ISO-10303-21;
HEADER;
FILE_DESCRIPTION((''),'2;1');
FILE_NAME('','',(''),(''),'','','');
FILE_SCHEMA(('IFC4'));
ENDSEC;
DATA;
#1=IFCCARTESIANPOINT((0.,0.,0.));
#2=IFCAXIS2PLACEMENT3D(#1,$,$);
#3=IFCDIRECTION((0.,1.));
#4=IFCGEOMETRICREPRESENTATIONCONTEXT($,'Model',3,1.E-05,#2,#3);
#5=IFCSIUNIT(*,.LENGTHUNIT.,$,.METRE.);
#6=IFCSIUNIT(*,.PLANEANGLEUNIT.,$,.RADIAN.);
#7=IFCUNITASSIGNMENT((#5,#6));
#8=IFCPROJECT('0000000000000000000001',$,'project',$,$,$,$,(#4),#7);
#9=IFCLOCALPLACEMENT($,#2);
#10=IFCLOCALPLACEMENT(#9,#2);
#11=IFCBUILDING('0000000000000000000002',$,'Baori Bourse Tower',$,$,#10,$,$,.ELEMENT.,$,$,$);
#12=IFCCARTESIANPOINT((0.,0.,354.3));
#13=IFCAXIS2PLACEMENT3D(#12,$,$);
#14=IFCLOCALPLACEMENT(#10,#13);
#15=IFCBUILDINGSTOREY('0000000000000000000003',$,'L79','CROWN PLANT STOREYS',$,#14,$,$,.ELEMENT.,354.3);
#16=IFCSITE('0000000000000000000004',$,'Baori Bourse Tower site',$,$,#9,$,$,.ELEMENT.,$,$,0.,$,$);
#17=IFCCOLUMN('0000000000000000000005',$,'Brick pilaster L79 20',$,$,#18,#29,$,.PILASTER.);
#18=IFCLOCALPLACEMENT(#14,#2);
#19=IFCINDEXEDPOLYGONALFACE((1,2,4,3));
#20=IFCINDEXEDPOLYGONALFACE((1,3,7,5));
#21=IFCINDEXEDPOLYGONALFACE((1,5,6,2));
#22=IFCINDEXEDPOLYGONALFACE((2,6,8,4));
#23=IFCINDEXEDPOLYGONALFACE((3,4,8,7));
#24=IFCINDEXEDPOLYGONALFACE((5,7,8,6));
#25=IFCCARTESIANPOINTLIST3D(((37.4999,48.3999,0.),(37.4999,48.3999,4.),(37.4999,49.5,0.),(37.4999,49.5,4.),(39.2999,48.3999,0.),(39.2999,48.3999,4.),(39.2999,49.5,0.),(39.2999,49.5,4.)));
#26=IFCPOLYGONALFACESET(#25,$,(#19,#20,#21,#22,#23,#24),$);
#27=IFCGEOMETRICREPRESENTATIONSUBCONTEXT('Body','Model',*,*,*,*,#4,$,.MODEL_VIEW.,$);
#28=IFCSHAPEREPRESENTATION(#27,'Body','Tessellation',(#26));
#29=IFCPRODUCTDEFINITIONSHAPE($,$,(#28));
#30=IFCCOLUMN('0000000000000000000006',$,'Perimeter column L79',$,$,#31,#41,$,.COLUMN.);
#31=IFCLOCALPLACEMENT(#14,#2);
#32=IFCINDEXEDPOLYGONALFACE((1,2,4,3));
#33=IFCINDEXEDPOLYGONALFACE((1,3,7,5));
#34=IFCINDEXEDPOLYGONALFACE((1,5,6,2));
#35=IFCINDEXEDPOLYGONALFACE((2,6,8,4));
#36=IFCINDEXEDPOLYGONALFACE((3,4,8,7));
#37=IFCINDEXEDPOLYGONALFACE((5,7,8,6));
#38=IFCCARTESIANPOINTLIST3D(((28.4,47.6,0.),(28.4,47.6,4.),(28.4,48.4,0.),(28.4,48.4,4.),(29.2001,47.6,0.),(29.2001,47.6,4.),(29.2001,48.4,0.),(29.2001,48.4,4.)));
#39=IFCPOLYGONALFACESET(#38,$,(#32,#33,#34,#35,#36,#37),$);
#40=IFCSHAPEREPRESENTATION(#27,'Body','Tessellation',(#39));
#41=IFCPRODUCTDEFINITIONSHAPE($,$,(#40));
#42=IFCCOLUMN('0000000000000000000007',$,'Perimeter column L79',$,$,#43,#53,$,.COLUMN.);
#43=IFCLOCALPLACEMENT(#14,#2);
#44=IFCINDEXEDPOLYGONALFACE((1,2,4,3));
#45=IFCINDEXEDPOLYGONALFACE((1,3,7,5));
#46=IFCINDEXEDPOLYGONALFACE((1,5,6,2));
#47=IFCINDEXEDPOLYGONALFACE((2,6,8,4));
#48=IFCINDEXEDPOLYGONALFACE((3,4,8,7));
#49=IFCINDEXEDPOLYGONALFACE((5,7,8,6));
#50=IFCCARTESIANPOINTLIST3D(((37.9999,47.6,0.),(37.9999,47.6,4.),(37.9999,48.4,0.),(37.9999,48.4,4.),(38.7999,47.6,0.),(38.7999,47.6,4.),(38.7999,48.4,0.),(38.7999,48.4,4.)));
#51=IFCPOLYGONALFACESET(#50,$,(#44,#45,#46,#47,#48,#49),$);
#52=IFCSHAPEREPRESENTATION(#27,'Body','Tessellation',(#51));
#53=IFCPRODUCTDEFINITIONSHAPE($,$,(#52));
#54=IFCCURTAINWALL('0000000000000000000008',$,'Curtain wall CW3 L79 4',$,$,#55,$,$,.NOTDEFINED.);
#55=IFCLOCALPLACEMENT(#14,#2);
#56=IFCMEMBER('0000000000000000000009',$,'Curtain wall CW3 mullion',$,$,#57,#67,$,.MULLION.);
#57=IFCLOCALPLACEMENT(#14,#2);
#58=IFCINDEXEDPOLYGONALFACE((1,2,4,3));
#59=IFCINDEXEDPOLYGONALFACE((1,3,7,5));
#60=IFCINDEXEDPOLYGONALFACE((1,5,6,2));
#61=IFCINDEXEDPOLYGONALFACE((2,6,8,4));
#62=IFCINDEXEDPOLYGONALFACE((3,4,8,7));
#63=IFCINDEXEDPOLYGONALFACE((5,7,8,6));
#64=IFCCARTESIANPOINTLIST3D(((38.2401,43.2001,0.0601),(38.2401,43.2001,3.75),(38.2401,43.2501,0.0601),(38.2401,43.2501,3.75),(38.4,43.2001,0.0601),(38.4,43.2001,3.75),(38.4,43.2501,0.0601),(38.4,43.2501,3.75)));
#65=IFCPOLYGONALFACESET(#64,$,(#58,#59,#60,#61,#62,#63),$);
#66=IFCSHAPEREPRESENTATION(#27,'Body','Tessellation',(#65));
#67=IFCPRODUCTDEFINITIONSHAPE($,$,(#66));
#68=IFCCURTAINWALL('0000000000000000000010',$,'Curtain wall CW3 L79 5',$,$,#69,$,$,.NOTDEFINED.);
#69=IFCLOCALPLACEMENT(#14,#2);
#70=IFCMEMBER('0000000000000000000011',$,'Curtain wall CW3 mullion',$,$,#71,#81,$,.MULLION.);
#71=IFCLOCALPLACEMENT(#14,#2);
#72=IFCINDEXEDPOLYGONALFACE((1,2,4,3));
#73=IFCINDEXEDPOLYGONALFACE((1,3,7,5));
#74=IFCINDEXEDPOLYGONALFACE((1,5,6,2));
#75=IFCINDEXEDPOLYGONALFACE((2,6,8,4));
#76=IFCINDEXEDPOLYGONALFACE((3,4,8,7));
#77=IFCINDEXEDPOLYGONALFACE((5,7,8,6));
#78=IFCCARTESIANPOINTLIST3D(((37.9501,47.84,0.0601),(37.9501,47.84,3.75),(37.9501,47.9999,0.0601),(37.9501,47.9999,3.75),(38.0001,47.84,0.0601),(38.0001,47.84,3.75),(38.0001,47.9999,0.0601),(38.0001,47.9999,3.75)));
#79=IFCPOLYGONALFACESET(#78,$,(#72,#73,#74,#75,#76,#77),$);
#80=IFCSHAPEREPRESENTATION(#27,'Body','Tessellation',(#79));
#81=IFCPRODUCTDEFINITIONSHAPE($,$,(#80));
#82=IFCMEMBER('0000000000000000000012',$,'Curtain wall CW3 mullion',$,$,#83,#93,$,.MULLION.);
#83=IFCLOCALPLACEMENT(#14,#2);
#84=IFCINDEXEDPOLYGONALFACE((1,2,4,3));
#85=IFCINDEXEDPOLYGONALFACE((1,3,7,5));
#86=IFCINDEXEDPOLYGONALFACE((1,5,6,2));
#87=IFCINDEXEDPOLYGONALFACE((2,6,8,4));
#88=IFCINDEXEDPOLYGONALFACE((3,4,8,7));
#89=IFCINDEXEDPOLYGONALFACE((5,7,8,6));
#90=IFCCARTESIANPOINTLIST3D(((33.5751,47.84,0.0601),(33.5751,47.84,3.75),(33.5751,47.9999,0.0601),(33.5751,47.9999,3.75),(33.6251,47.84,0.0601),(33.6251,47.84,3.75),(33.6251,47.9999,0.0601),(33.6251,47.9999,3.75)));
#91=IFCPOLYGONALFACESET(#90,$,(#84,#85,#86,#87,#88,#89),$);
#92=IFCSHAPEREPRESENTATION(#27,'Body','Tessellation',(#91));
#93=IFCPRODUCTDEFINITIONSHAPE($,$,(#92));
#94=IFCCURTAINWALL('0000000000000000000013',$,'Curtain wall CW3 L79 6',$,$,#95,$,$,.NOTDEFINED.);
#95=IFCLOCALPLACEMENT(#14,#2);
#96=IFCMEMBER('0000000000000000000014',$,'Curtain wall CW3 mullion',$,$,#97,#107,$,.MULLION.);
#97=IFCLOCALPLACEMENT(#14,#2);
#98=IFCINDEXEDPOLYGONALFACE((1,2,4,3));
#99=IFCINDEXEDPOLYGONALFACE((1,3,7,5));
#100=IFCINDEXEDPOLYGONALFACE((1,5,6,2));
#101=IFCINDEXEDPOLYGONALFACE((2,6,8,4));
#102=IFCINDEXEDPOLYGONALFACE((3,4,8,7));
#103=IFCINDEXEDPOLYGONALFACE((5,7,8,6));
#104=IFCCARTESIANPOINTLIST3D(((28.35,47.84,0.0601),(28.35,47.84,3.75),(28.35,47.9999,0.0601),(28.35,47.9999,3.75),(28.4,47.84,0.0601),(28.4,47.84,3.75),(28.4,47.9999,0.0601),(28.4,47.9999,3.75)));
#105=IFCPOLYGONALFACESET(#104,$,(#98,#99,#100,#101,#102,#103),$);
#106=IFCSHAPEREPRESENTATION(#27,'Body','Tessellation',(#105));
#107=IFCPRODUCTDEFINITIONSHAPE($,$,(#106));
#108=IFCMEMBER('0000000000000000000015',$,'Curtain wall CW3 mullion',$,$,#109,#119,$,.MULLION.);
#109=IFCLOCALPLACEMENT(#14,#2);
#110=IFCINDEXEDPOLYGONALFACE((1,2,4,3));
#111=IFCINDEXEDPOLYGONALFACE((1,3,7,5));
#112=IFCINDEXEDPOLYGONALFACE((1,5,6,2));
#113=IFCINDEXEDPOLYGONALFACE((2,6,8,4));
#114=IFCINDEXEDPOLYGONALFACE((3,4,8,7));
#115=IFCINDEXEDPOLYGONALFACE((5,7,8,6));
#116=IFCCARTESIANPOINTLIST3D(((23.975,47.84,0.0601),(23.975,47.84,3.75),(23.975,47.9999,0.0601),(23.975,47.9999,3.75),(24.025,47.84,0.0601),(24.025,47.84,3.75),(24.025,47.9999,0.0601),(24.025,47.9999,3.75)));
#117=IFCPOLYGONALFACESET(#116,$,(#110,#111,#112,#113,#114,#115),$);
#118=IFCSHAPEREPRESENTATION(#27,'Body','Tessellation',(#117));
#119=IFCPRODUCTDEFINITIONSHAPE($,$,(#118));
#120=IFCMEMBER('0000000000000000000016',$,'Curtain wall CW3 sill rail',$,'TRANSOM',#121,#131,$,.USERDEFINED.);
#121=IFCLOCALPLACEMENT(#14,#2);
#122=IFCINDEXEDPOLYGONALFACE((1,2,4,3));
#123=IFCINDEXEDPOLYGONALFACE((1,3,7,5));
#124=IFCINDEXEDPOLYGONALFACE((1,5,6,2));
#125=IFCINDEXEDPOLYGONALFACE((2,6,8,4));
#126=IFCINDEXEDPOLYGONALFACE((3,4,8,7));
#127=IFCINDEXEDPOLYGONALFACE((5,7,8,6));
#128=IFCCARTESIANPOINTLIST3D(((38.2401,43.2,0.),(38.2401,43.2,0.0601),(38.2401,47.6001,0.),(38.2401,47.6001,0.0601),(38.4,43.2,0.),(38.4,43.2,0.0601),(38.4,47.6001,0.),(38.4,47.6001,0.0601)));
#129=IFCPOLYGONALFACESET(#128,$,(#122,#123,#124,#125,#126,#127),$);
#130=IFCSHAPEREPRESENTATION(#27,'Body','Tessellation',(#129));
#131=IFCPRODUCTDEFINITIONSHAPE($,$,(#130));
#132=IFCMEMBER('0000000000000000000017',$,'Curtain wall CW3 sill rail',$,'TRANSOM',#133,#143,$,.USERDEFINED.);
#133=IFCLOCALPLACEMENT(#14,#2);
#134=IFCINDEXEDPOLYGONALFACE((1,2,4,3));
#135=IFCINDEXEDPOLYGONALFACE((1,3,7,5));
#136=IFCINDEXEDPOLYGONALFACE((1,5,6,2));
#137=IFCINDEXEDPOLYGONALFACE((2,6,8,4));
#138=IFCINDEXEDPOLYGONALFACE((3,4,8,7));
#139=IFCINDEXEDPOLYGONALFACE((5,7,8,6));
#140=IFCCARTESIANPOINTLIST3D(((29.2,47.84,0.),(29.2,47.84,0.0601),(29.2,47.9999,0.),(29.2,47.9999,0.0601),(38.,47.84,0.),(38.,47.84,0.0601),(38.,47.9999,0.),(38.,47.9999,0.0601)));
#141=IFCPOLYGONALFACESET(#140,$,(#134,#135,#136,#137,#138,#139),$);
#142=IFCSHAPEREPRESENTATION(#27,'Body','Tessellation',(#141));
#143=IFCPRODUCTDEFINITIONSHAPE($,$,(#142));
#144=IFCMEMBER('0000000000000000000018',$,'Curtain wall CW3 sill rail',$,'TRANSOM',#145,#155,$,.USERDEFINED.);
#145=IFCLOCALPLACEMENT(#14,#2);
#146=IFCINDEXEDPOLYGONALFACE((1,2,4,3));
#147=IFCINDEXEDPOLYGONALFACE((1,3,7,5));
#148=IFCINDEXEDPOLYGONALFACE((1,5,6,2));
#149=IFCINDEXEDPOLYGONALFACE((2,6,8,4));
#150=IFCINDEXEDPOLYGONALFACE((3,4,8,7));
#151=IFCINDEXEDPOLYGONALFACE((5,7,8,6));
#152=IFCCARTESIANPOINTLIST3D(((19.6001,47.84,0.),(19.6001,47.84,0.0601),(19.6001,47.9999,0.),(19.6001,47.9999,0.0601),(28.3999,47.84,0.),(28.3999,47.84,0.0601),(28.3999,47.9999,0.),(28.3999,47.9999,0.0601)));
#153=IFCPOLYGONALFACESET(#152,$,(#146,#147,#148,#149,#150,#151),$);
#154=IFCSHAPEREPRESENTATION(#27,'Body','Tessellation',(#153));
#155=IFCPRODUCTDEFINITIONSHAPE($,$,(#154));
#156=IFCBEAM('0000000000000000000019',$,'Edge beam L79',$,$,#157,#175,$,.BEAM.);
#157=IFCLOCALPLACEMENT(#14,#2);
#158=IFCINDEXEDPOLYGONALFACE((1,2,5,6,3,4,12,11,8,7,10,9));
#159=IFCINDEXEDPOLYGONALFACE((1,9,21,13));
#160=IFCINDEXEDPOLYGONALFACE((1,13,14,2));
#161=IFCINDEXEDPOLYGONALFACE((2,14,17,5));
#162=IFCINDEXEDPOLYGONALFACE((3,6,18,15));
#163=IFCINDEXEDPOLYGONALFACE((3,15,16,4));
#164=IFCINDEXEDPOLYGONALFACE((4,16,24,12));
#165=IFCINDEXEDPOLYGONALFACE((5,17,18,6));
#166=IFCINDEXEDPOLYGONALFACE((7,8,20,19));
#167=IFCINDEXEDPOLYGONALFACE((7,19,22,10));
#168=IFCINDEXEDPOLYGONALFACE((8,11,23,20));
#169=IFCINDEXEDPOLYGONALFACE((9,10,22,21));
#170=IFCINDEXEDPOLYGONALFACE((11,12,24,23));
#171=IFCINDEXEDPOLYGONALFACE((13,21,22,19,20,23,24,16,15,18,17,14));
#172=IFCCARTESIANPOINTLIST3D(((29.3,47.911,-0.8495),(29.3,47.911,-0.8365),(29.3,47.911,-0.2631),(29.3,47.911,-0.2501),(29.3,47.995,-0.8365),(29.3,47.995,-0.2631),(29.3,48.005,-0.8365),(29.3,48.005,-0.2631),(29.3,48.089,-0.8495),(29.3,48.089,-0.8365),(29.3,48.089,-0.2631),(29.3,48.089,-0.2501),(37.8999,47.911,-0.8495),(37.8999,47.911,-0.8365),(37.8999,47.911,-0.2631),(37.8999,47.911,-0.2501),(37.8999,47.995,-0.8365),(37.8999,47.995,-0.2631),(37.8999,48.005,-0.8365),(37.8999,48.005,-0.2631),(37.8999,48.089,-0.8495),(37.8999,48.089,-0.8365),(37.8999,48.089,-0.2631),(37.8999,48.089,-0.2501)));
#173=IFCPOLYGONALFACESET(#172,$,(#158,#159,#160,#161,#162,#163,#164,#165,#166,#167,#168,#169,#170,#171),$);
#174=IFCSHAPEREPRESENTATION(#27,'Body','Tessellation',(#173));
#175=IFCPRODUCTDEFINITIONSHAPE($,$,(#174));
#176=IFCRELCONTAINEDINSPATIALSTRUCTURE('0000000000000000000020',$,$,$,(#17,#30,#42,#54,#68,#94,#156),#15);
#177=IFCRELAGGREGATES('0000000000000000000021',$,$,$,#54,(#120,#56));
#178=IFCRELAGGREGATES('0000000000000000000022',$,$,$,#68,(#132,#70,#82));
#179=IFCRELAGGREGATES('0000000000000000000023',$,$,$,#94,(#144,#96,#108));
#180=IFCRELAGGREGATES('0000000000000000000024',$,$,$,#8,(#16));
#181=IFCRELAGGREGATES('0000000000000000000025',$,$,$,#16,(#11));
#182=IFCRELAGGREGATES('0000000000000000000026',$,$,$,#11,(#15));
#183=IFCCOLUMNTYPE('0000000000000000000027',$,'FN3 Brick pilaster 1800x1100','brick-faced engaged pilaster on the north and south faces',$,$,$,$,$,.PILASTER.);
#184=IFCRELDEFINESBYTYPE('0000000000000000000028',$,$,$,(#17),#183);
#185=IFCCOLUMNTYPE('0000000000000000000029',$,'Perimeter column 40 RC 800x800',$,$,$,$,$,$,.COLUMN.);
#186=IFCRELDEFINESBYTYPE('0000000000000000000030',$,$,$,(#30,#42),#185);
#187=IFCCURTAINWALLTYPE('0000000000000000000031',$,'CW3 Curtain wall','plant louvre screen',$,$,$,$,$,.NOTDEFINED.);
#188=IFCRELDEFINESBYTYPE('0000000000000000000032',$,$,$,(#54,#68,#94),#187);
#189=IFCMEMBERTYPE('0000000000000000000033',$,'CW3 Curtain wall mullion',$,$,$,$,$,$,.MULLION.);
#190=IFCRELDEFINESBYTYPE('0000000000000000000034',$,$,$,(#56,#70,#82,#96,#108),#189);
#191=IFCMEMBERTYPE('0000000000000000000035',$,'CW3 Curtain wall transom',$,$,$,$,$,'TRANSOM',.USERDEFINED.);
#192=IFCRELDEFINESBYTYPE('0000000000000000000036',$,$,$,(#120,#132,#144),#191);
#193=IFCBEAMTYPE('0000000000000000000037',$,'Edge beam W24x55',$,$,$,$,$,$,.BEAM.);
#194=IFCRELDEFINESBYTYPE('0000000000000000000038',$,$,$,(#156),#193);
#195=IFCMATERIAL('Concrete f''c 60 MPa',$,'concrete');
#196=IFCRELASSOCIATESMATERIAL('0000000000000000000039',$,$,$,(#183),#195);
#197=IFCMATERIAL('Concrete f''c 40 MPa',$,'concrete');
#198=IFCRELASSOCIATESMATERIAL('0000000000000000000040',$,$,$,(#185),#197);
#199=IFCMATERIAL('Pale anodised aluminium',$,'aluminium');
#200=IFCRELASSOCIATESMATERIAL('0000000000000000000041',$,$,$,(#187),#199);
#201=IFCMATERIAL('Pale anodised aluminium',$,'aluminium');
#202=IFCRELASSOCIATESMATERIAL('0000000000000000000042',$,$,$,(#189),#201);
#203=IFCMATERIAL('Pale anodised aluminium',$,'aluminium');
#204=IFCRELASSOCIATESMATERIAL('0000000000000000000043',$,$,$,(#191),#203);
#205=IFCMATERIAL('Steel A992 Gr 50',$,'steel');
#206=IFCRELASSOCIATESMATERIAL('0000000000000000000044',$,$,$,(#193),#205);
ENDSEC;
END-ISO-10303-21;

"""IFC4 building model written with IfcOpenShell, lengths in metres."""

from ifc_helpers import new_model, si_unit, direction, frame, origin, origin_2d, place, context, subcontext, project, spatial, rectangle, i_section, extrude, material, material_profile, profile_set, type_object, element, aggregate, save


model = new_model("IFC4")

# Units and contexts
model_context = context("Model", 3, precision=1e-05, world=origin(), true_north=direction((0.0, 1.0)))
body_context = subcontext(model_context, "Body", "Model", "MODEL_VIEW")
ifc_project = project(units=[si_unit("LENGTHUNIT", "METRE"), si_unit("PLANEANGLEUNIT", "RADIAN")], contexts=[model_context])

# Site, building, storey
site_placement = place(None, origin())
site = spatial("IfcSite", under=ifc_project, at=site_placement, Name="Baori Bourse Tower site", CompositionType="ELEMENT", RefElevation=0.0)
building_placement = place(site_placement, origin())
building = spatial("IfcBuilding", under=site, at=building_placement, Name="Baori Bourse Tower", CompositionType="ELEMENT")
storey_placement = place(building_placement, frame((0.0, 0.0, 354.3)))
storey = spatial("IfcBuildingStorey", under=building, at=storey_placement, Name="L79", Description="CROWN PLANT STOREYS", CompositionType="ELEMENT", Elevation=354.3)

# Columns
ifc_material_1 = material(Name="Concrete f'c 60 MPa", Category="concrete")
ifc_material_profile_1 = material_profile(ifc_material_1, rectangle(XDim=1.8, YDim=1.1001, at=origin_2d()), Name="RC 1800x1100")
ifc_profile_set_1 = profile_set([ifc_material_profile_1], Name="Concrete f'c 60 MPa")
column_type_1 = type_object("IfcColumnType", Name="FN3 Brick pilaster 1800x1100", Description="brick-faced engaged pilaster on the north and south faces", PredefinedType="PILASTER", material=ifc_profile_set_1)
column_placement = place(storey_placement, frame((38.3999, 48.95, 0.0), z_axis=(0.0, 0.0, 1.0), x_axis=(1.0, 0.0, 0.0)))
element("IfcColumn", 1, at=column_placement, inside=storey, type_object=column_type_1, Name="Brick pilaster L79 20", PredefinedType="PILASTER", context=body_context, shape_type="SweptSolid", body=[
    extrude(rectangle(XDim=1.8, YDim=1.1001, at=origin_2d()), origin(), (0.0, 0.0, 1.0), 4.0),
])
ifc_material_2 = material(Name="Concrete f'c 40 MPa", Category="concrete")
ifc_material_profile_2 = material_profile(ifc_material_2, rectangle(XDim=0.8, YDim=0.8, at=origin_2d()), Name="RC 800x800")
ifc_profile_set_2 = profile_set([ifc_material_profile_2], Name="Concrete f'c 40 MPa")
column_type_2 = type_object("IfcColumnType", Name="Perimeter column 40 RC 800x800", PredefinedType="COLUMN", material=ifc_profile_set_2)
for number, where, z_axis, x_axis, name in (
    (2, (28.8, 48.0, 0.0), (0.0, 0.0, 1.0), (1.0, 0.0, 0.0), "Perimeter column L79"),
    (3, (38.3999, 48.0, 0.0), (0.0, 0.0, 1.0), (1.0, 0.0, 0.0), "Perimeter column L79"),
):
    element("IfcColumn", number, at=place(storey_placement, frame(where, z_axis=z_axis, x_axis=x_axis)), inside=storey, type_object=column_type_2, Name=name, PredefinedType="COLUMN", context=body_context, shape_type="SweptSolid", body=[
        extrude(rectangle(XDim=0.8, YDim=0.8, at=origin_2d()), origin(), (0.0, 0.0, 1.0), 4.0),
    ])

# Curtain wall, member
ifc_material_3 = material(Name="Pale anodised aluminium", Category="aluminium")
curtain_wall_type = type_object("IfcCurtainWallType", Name="CW3 Curtain wall", Description="plant louvre screen", PredefinedType="NOTDEFINED", material=ifc_material_3)
curtain_wall_1_placement = place(storey_placement, origin())
curtain_wall_1 = element("IfcCurtainWall", 4, at=curtain_wall_1_placement, inside=storey, type_object=curtain_wall_type, Name="Curtain wall CW3 L79 4", PredefinedType="NOTDEFINED")
ifc_material_4 = material(Name="Pale anodised aluminium", Category="aluminium")
ifc_material_profile_3 = material_profile(ifc_material_4, rectangle(XDim=0.1599, YDim=0.05, at=origin_2d()), Name="Mullion 50x160")
ifc_profile_set_3 = profile_set([ifc_material_profile_3], Name="Pale anodised aluminium")
member_type_1 = type_object("IfcMemberType", Name="CW3 Curtain wall mullion", PredefinedType="MULLION", material=ifc_profile_set_3)
member_1_placement = place(storey_placement, frame((38.3201, 43.2251, 0.0601), z_axis=(0.0, 0.0, 1.0), x_axis=(-1.0, 0.0, 0.0)))
member_1 = element("IfcMember", 5, at=member_1_placement, type_object=member_type_1, Name="Curtain wall CW3 mullion", PredefinedType="MULLION", context=body_context, shape_type="SweptSolid", body=[
    extrude(rectangle(XDim=0.1599, YDim=0.05, at=origin_2d()), origin(), (0.0, 0.0, 1.0), 3.6899),
])

# Curtain walls, members
curtain_wall_2_placement = place(storey_placement, origin())
curtain_wall_2 = element("IfcCurtainWall", 6, at=curtain_wall_2_placement, inside=storey, type_object=curtain_wall_type, Name="Curtain wall CW3 L79 5", PredefinedType="NOTDEFINED")
member_2_placement = place(storey_placement, frame((37.9751, 47.9199, 0.0601), z_axis=(0.0, 0.0, 1.0), x_axis=(0.0, -1.0, 0.0)))
member_2 = element("IfcMember", 7, at=member_2_placement, type_object=member_type_1, Name="Curtain wall CW3 mullion", PredefinedType="MULLION", context=body_context, shape_type="SweptSolid", body=[
    extrude(rectangle(XDim=0.1599, YDim=0.05, at=origin_2d()), origin(), (0.0, 0.0, 1.0), 3.6899),
])
member_3_placement = place(storey_placement, frame((33.6001, 47.9199, 0.0601), z_axis=(0.0, 0.0, 1.0), x_axis=(0.0, -1.0, 0.0)))
member_3 = element("IfcMember", 8, at=member_3_placement, type_object=member_type_1, Name="Curtain wall CW3 mullion", PredefinedType="MULLION", context=body_context, shape_type="SweptSolid", body=[
    extrude(rectangle(XDim=0.1599, YDim=0.05, at=origin_2d()), origin(), (0.0, 0.0, 1.0), 3.6899),
])
curtain_wall_3_placement = place(storey_placement, origin())
curtain_wall_3 = element("IfcCurtainWall", 9, at=curtain_wall_3_placement, inside=storey, type_object=curtain_wall_type, Name="Curtain wall CW3 L79 6", PredefinedType="NOTDEFINED")
member_4_placement = place(storey_placement, frame((28.375, 47.9199, 0.0601), z_axis=(0.0, 0.0, 1.0), x_axis=(0.0, -1.0, 0.0)))
member_4 = element("IfcMember", 10, at=member_4_placement, type_object=member_type_1, Name="Curtain wall CW3 mullion", PredefinedType="MULLION", context=body_context, shape_type="SweptSolid", body=[
    extrude(rectangle(XDim=0.1599, YDim=0.05, at=origin_2d()), origin(), (0.0, 0.0, 1.0), 3.6899),
])
member_5_placement = place(storey_placement, frame((24.0, 47.9199, 0.0601), z_axis=(0.0, 0.0, 1.0), x_axis=(0.0, -1.0, 0.0)))
member_5 = element("IfcMember", 11, at=member_5_placement, type_object=member_type_1, Name="Curtain wall CW3 mullion", PredefinedType="MULLION", context=body_context, shape_type="SweptSolid", body=[
    extrude(rectangle(XDim=0.1599, YDim=0.05, at=origin_2d()), origin(), (0.0, 0.0, 1.0), 3.6899),
])

# Members
ifc_material_5 = material(Name="Pale anodised aluminium", Category="aluminium")
ifc_material_profile_4 = material_profile(ifc_material_5, rectangle(XDim=0.1599, YDim=0.0601, at=origin_2d()), Name="Transom 60x160")
ifc_profile_set_4 = profile_set([ifc_material_profile_4], Name="Pale anodised aluminium")
member_type_2 = type_object("IfcMemberType", Name="CW3 Curtain wall transom", ElementType="TRANSOM", PredefinedType="USERDEFINED", material=ifc_profile_set_4)
member_6_placement = place(storey_placement, frame((38.3201, 43.2, 0.03), z_axis=(0.0, 1.0, 0.0), x_axis=(-1.0, 0.0, 0.0)))
member_6 = element("IfcMember", 12, at=member_6_placement, type_object=member_type_2, Name="Curtain wall CW3 sill rail", ObjectType="TRANSOM", PredefinedType="USERDEFINED", context=body_context, shape_type="SweptSolid", body=[
    extrude(rectangle(XDim=0.1599, YDim=0.0601, at=origin_2d()), origin(), (0.0, 0.0, 1.0), 4.4001),
])
member_7_placement = place(storey_placement, frame((38.0, 47.9199, 0.03), z_axis=(-1.0, 0.0, 0.0), x_axis=(0.0, -1.0, 0.0)))
member_7 = element("IfcMember", 13, at=member_7_placement, type_object=member_type_2, Name="Curtain wall CW3 sill rail", ObjectType="TRANSOM", PredefinedType="USERDEFINED", context=body_context, shape_type="SweptSolid", body=[
    extrude(rectangle(XDim=0.1599, YDim=0.0601, at=origin_2d()), origin(), (0.0, 0.0, 1.0), 8.8),
])
member_8_placement = place(storey_placement, frame((28.3999, 47.9199, 0.03), z_axis=(-1.0, 0.0, 0.0), x_axis=(0.0, -1.0, 0.0)))
member_8 = element("IfcMember", 14, at=member_8_placement, type_object=member_type_2, Name="Curtain wall CW3 sill rail", ObjectType="TRANSOM", PredefinedType="USERDEFINED", context=body_context, shape_type="SweptSolid", body=[
    extrude(rectangle(XDim=0.1599, YDim=0.0601, at=origin_2d()), origin(), (0.0, 0.0, 1.0), 8.7998),
])

# Beam
ifc_material_6 = material(Name="Steel A992 Gr 50", Category="steel")
ifc_material_profile_5 = material_profile(ifc_material_6, i_section(OverallWidth=0.178, OverallDepth=0.5994, WebThickness=0.01, FlangeThickness=0.0129, at=origin_2d()), Name="W24x55")
ifc_profile_set_5 = profile_set([ifc_material_profile_5], Name="Steel A992 Gr 50")
beam_type_1 = type_object("IfcBeamType", Name="Edge beam W24x55", PredefinedType="BEAM", material=ifc_profile_set_5)
beam_1_placement = place(storey_placement, frame((29.3, 48.0, -0.5498), z_axis=(1.0, 0.0, 0.0), x_axis=(0.0, 1.0, 0.0)))
element("IfcBeam", 15, at=beam_1_placement, inside=storey, type_object=beam_type_1, Name="Edge beam L79", PredefinedType="BEAM", context=body_context, shape_type="SweptSolid", body=[
    extrude(i_section(OverallWidth=0.178, OverallDepth=0.5994, WebThickness=0.01, FlangeThickness=0.0129, at=origin_2d()), origin(), (0.0, 0.0, 1.0), 8.5999),
])

aggregate(curtain_wall_1, [member_6, member_1])
aggregate(curtain_wall_2, [member_7, member_2, member_3])
aggregate(curtain_wall_3, [member_8, member_4, member_5])

save(model, "model.ifc")
